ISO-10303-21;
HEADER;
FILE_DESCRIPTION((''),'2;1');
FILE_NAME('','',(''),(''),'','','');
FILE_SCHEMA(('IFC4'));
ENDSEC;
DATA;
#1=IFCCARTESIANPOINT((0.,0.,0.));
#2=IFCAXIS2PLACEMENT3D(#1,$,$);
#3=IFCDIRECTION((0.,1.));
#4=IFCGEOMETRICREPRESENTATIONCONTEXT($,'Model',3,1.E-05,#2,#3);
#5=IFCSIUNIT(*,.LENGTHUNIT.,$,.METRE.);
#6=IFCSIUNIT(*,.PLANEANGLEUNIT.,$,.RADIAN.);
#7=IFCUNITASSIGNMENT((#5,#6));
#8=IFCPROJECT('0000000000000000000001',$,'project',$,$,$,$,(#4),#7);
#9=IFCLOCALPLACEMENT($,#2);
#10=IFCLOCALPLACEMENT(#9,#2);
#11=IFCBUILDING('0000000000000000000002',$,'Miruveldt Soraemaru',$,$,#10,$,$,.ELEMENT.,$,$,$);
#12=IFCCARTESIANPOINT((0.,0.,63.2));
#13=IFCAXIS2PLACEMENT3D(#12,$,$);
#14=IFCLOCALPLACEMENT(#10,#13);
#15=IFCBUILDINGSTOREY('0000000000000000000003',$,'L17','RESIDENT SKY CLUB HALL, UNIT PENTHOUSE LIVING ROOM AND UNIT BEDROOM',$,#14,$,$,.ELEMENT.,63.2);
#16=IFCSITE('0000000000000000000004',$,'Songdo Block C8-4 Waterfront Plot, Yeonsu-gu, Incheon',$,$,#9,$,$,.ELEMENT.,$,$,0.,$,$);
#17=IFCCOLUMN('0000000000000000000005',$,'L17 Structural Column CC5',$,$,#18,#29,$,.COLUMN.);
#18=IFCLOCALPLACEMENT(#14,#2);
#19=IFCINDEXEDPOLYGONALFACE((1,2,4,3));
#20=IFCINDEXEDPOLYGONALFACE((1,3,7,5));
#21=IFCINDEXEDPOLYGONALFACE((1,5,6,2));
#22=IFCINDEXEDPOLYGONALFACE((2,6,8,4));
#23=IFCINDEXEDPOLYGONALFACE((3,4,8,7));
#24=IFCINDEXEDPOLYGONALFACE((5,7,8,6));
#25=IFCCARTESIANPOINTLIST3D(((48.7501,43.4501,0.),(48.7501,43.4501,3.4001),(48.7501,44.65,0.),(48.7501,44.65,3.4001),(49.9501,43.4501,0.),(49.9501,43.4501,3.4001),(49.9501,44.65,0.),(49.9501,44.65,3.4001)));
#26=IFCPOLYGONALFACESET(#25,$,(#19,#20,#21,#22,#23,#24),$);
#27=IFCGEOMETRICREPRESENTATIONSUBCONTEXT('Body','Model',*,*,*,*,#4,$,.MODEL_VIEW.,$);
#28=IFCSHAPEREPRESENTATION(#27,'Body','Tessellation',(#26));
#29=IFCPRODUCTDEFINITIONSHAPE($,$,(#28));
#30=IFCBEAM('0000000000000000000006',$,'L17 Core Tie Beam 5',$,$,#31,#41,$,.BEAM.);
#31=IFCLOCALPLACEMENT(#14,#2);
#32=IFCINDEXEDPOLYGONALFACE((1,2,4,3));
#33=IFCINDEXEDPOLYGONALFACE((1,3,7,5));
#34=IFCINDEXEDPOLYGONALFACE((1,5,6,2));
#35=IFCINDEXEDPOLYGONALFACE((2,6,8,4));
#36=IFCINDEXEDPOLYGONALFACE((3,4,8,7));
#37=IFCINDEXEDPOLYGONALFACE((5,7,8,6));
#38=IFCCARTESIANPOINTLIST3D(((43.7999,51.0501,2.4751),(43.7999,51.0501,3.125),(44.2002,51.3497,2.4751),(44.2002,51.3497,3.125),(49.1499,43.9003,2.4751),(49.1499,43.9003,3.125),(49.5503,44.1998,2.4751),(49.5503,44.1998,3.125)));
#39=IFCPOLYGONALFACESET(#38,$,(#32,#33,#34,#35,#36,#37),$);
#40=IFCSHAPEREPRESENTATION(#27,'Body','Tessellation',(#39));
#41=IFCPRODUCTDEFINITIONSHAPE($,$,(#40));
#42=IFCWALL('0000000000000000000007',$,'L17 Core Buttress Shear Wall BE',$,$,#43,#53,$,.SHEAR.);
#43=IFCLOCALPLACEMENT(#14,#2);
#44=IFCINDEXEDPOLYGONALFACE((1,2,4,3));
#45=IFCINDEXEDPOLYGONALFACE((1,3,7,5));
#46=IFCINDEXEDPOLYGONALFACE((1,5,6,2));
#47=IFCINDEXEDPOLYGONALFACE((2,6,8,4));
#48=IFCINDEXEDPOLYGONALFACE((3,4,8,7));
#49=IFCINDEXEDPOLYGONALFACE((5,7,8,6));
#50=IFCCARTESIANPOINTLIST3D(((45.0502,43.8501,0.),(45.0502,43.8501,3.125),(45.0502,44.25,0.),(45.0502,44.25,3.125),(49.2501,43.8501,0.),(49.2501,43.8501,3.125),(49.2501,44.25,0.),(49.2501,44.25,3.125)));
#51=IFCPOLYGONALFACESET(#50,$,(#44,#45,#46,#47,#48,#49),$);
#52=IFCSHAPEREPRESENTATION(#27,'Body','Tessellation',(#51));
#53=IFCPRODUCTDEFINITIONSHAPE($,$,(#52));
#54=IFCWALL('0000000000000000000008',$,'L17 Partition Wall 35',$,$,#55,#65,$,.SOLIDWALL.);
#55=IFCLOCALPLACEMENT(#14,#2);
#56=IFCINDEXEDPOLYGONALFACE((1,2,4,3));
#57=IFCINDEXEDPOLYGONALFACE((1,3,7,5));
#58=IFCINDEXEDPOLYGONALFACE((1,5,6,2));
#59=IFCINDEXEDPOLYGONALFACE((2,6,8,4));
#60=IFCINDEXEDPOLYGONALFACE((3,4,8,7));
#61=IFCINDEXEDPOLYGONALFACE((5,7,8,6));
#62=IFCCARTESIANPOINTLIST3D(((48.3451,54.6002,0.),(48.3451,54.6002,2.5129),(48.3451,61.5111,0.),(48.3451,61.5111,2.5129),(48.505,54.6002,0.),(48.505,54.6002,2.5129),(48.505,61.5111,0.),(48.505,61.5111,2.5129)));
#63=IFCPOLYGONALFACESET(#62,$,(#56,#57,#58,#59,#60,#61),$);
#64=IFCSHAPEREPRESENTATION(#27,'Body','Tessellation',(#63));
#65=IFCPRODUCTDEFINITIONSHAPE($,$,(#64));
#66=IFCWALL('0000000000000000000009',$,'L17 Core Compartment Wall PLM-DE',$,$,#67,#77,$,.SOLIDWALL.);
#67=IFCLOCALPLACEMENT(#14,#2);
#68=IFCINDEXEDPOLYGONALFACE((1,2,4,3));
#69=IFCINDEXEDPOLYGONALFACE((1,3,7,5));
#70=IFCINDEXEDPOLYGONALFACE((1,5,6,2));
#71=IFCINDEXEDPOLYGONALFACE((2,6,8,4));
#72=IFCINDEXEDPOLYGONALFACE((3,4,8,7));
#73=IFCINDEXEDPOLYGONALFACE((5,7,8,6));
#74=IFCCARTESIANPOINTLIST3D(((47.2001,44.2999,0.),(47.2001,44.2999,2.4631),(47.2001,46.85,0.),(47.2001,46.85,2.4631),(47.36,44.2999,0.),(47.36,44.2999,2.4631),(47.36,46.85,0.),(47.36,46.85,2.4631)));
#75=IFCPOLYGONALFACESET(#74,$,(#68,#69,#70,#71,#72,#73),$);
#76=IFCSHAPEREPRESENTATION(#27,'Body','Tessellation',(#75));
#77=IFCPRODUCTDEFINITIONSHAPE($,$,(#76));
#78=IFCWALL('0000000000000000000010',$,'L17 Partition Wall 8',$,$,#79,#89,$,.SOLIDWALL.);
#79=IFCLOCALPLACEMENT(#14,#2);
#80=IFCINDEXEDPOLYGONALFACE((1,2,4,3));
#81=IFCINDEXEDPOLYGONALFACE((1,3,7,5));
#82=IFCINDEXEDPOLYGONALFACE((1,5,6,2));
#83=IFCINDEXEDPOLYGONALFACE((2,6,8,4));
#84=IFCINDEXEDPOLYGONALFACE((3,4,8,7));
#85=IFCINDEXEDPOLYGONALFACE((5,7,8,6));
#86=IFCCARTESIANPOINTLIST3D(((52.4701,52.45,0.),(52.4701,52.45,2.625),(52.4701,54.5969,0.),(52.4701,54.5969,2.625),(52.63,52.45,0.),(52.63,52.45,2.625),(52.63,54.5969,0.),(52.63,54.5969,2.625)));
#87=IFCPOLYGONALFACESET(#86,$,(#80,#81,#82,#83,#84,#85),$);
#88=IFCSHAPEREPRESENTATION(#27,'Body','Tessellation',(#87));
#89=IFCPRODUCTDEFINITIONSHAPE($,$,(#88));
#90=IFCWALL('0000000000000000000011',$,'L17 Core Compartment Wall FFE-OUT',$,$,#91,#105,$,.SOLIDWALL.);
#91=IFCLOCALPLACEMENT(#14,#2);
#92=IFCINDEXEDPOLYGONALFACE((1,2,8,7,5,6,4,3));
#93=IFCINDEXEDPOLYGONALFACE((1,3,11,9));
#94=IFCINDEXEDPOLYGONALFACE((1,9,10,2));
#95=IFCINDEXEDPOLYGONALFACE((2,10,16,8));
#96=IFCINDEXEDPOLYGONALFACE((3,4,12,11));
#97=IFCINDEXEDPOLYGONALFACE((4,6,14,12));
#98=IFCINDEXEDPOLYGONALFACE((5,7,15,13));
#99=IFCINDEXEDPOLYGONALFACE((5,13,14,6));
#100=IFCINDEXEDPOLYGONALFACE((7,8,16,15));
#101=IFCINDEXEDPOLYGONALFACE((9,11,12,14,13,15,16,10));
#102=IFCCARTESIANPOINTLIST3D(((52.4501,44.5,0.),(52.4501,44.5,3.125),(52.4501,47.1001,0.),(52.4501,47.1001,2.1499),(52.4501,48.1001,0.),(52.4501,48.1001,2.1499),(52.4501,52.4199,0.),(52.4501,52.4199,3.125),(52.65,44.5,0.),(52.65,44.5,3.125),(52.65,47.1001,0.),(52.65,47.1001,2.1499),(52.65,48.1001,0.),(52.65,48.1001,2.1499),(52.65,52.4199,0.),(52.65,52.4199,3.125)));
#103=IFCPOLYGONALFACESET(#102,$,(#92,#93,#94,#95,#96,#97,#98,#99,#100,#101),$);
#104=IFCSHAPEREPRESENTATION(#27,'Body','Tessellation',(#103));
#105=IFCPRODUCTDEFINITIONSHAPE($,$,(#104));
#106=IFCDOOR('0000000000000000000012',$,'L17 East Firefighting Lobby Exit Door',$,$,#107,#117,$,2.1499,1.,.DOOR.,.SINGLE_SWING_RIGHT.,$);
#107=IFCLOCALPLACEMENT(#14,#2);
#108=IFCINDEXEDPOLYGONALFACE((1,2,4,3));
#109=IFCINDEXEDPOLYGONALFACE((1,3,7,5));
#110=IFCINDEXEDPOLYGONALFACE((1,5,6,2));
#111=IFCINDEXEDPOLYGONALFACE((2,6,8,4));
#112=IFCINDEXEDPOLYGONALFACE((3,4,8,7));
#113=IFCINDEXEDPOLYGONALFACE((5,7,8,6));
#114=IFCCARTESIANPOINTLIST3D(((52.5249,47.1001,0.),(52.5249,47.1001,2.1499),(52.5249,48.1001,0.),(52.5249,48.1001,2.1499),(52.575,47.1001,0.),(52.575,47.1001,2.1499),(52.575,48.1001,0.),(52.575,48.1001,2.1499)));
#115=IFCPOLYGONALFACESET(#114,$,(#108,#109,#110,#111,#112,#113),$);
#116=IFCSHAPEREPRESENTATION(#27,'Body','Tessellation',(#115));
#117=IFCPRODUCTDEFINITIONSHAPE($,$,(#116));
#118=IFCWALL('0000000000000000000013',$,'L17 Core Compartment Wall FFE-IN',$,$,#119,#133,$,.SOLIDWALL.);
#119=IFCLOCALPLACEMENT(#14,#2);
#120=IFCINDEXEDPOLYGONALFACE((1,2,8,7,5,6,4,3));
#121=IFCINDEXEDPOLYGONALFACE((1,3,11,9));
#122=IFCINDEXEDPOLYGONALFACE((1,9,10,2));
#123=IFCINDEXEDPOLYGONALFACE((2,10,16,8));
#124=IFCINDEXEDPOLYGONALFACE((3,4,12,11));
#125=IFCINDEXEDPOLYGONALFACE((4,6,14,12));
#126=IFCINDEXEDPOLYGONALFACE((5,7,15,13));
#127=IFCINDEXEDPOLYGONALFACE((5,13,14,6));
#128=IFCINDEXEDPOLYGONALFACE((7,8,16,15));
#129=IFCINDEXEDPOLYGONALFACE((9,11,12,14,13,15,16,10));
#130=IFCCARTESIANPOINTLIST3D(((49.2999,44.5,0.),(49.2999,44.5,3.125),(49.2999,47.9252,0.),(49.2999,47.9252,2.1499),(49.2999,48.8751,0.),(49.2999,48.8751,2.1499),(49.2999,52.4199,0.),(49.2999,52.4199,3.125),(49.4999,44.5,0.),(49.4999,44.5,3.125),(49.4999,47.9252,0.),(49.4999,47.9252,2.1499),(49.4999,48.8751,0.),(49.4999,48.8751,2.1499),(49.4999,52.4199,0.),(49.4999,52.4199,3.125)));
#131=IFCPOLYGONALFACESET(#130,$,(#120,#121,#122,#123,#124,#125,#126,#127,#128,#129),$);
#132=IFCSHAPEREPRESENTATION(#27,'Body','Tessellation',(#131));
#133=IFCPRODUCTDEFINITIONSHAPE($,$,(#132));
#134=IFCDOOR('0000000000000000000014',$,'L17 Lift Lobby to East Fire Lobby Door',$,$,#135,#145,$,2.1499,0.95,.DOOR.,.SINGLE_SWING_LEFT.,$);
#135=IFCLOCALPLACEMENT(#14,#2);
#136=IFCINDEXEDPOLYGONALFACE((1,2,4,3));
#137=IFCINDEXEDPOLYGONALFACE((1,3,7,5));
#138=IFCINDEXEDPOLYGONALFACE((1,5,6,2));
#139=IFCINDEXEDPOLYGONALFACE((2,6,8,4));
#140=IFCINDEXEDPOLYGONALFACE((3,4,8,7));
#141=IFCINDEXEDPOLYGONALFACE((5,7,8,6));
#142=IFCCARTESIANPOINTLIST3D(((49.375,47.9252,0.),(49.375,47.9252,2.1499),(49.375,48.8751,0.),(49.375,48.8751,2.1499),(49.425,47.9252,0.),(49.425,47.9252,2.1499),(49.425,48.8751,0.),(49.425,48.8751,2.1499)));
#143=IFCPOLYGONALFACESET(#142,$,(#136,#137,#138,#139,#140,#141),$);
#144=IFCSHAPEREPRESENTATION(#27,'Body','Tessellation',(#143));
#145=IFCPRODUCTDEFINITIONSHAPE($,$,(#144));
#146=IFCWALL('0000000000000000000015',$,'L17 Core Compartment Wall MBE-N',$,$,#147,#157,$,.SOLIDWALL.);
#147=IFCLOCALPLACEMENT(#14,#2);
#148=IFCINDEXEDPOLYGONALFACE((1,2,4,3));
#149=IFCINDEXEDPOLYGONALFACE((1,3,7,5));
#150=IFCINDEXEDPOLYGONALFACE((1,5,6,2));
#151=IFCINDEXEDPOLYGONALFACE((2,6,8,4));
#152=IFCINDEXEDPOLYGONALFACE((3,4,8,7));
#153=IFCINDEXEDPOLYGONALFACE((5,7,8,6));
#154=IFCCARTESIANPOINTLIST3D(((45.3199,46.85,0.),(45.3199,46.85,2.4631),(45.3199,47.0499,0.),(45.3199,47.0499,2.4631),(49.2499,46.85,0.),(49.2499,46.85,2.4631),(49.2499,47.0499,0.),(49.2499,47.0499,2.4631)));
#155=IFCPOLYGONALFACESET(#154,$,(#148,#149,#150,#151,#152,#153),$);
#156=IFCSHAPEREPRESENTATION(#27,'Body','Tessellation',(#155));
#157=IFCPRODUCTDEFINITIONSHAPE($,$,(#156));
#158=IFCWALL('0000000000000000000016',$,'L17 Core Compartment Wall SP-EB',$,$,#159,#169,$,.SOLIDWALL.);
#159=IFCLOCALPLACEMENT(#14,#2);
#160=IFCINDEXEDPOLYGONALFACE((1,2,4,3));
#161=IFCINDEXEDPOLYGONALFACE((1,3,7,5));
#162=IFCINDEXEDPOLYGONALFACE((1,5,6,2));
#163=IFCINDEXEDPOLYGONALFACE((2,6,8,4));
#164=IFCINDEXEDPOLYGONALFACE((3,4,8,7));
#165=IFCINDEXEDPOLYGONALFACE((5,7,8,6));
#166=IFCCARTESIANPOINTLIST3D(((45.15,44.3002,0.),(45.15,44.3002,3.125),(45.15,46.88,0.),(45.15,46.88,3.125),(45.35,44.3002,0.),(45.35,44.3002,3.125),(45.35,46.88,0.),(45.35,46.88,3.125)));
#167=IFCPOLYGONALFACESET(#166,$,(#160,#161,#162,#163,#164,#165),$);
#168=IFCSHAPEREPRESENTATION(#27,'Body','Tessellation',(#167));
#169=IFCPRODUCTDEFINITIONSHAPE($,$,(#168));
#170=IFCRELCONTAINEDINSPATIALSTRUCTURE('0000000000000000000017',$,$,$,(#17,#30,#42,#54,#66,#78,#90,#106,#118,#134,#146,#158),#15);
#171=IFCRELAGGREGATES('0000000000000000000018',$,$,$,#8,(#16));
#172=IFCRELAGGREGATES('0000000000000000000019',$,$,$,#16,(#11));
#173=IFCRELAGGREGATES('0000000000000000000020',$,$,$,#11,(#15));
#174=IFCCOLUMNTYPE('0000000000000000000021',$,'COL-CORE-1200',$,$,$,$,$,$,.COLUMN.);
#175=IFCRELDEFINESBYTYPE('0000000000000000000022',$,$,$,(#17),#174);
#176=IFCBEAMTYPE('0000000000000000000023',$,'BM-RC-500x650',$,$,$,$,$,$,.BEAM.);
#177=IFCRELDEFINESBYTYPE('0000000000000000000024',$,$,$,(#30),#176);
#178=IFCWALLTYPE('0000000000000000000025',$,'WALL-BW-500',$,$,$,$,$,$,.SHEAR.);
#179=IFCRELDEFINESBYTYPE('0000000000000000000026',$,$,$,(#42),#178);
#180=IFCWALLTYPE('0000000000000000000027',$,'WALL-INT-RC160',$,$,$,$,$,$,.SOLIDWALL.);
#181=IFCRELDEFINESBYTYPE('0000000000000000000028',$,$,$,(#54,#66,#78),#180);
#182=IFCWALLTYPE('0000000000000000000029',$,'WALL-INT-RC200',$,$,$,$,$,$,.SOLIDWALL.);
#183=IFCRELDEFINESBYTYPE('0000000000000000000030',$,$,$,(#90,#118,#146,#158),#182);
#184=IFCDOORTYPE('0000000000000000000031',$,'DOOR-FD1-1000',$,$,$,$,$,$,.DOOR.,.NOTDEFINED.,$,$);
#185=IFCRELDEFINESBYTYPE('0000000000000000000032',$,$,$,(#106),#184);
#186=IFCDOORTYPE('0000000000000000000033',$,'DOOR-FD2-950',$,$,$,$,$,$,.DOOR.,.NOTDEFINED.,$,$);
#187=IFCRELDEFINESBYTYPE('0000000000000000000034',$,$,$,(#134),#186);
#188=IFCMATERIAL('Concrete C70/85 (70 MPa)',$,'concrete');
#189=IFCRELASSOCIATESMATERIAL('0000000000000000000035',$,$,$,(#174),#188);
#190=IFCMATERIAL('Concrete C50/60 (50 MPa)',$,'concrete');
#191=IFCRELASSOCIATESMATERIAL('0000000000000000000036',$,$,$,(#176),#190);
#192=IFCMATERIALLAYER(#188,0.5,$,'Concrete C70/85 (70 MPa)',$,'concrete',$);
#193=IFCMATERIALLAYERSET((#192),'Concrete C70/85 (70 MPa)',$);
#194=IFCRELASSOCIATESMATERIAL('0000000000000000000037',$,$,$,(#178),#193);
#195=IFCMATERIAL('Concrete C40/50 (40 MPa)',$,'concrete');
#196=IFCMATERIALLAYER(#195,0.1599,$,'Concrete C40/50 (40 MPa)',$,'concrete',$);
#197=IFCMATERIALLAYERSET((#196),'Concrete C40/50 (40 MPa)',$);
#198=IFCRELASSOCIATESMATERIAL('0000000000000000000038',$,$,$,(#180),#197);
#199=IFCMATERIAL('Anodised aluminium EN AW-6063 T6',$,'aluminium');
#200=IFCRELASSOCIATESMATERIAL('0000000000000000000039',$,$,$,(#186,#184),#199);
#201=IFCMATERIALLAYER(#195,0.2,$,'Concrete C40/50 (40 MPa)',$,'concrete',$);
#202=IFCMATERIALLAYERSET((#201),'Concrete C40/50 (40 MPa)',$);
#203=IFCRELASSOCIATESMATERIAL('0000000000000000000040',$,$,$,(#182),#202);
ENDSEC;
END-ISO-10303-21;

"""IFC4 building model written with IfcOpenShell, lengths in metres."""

from ifc_helpers import new_model, si_unit, direction, frame, frame_2d, origin, origin_2d, place, context, subcontext, project, spatial, rectangle, extrude, material, layer, layer_set, material_profile, profile_set, type_object, element, fill, save


model = new_model("IFC4")

# Units and contexts
model_context = context("Model", 3, precision=1e-05, world=origin(), true_north=direction((0.0, 1.0)))
body_context = subcontext(model_context, "Body", "Model", "MODEL_VIEW")
ifc_project = project(units=[si_unit("LENGTHUNIT", "METRE"), si_unit("PLANEANGLEUNIT", "RADIAN")], contexts=[model_context])

# Site, building, storey
site_placement = place(None, origin())
site = spatial("IfcSite", under=ifc_project, at=site_placement, Name="Songdo Block C8-4 Waterfront Plot, Yeonsu-gu, Incheon", CompositionType="ELEMENT", RefElevation=0.0)
building_placement = place(site_placement, origin())
building = spatial("IfcBuilding", under=site, at=building_placement, Name="Miruveldt Soraemaru", CompositionType="ELEMENT")
storey_placement = place(building_placement, frame((0.0, 0.0, 63.2)))
storey = spatial("IfcBuildingStorey", under=building, at=storey_placement, Name="L17", Description="RESIDENT SKY CLUB HALL, UNIT PENTHOUSE LIVING ROOM AND UNIT BEDROOM", CompositionType="ELEMENT", Elevation=63.2)

# Column
ifc_material_1 = material(Name="Concrete C70/85 (70 MPa)", Category="concrete")
ifc_material_profile_1 = material_profile(ifc_material_1, rectangle(XDim=1.2, YDim=1.2, at=origin_2d()), Name="Concrete C70/85 (70 MPa)", Category="concrete")
ifc_profile_set_1 = profile_set([ifc_material_profile_1], Name="Concrete C70/85 (70 MPa)")
column_type = type_object("IfcColumnType", Name="COL-CORE-1200", PredefinedType="COLUMN", material=ifc_profile_set_1)
column_placement = place(storey_placement, frame((49.3501, 44.05, 0.0), z_axis=(0.0, 0.0, 1.0), x_axis=(1.0, 0.0, 0.0)))
element("IfcColumn", 1, at=column_placement, inside=storey, type_object=column_type, Name="L17 Structural Column CC5", PredefinedType="COLUMN", context=body_context, shape_type="SweptSolid", body=[
    extrude(rectangle(XDim=1.2, YDim=1.2, at=origin_2d()), origin(), (0.0, 0.0, 1.0), 3.4001),
])

# Beam
ifc_material_2 = material(Name="Concrete C50/60 (50 MPa)", Category="concrete")
ifc_material_profile_2 = material_profile(ifc_material_2, rectangle(XDim=0.5, YDim=0.6499, at=origin_2d()), Name="Concrete C50/60 (50 MPa)", Category="concrete")
ifc_profile_set_2 = profile_set([ifc_material_profile_2], Name="Concrete C50/60 (50 MPa)")
beam_type = type_object("IfcBeamType", Name="BM-RC-500x650", PredefinedType="BEAM", material=ifc_profile_set_2)
beam_placement = place(storey_placement, frame((49.3501, 44.05, 2.8), z_axis=(-0.599116, 0.800662, 0.0), x_axis=(-0.800662, -0.599116, 0.0)))
element("IfcBeam", 2, at=beam_placement, inside=storey, type_object=beam_type, Name="L17 Core Tie Beam 5", PredefinedType="BEAM", context=body_context, shape_type="SweptSolid", body=[
    extrude(rectangle(XDim=0.5, YDim=0.6499, at=origin_2d()), origin(), (0.0, 0.0, 1.0), 8.9299),
])

# Wall
ifc_layer_1 = layer(ifc_material_1, 0.5, Name="Concrete C70/85 (70 MPa)", Category="concrete")
ifc_layer_set_1 = layer_set([ifc_layer_1], Name="Concrete C70/85 (70 MPa)")
wall_type_1 = type_object("IfcWallType", Name="WALL-BW-500", PredefinedType="SHEAR", material=ifc_layer_set_1)
wall_1_placement = place(storey_placement, frame((45.05, 44.05, 0.0), z_axis=(0.0, 0.0, 1.0), x_axis=(1.0, 0.0, 0.0)))
element("IfcWall", 3, at=wall_1_placement, inside=storey, type_object=wall_type_1, Name="L17 Core Buttress Shear Wall BE", PredefinedType="SHEAR", context=body_context, shape_type="SweptSolid", body=[
    extrude(rectangle(XDim=4.2, YDim=0.3999, at=frame_2d((2.1001, 0.0))), origin(), (0.0, 0.0, 1.0), 3.125),
])

# Shared definitions
ifc_material_3 = material(Name="Concrete C40/50 (40 MPa)", Category="concrete")
ifc_layer_2 = layer(ifc_material_3, 0.1599, Name="Concrete C40/50 (40 MPa)", Category="concrete")
ifc_layer_set_2 = layer_set([ifc_layer_2], Name="Concrete C40/50 (40 MPa)")
wall_type_2 = type_object("IfcWallType", Name="WALL-INT-RC160", PredefinedType="SOLIDWALL", material=ifc_layer_set_2)
ifc_material_4 = material(Name="Anodised aluminium EN AW-6063 T6", Category="aluminium")
door_type_1 = type_object("IfcDoorType", Name="DOOR-FD2-950", OperationType="NOTDEFINED", PredefinedType="DOOR", material=ifc_material_4)

# Walls
wall_2_placement = place(storey_placement, frame((48.425, 54.6001, 0.0), z_axis=(0.0, 0.0, 1.0), x_axis=(0.0, 1.0, 0.0)))
element("IfcWall", 4, at=wall_2_placement, inside=storey, type_object=wall_type_2, Name="L17 Partition Wall 35", PredefinedType="SOLIDWALL", context=body_context, shape_type="SweptSolid", body=[
    extrude(rectangle(XDim=6.9109, YDim=0.1599, at=frame_2d((3.4556, 0.0))), origin(), (0.0, 0.0, 1.0), 2.5129),
])
wall_3_placement = place(storey_placement, frame((47.28, 44.3, 0.0), z_axis=(0.0, 0.0, 1.0), x_axis=(0.0, 1.0, 0.0)))
element("IfcWall", 5, at=wall_3_placement, inside=storey, type_object=wall_type_2, Name="L17 Core Compartment Wall PLM-DE", PredefinedType="SOLIDWALL", context=body_context, shape_type="SweptSolid", body=[
    extrude(rectangle(XDim=2.55, YDim=0.1599, at=frame_2d((1.2749, 0.0))), origin(), (0.0, 0.0, 1.0), 2.4631),
])
wall_4_placement = place(storey_placement, frame((52.55, 52.45, 0.0), z_axis=(0.0, 0.0, 1.0), x_axis=(0.0, 1.0, 0.0)))
element("IfcWall", 6, at=wall_4_placement, inside=storey, type_object=wall_type_2, Name="L17 Partition Wall 8", PredefinedType="SOLIDWALL", context=body_context, shape_type="SweptSolid", body=[
    extrude(rectangle(XDim=2.147, YDim=0.1599, at=frame_2d((1.0735, 0.0))), origin(), (0.0, 0.0, 1.0), 2.625),
])

# Walls, openings, doors
ifc_layer_3 = layer(ifc_material_3, 0.2, Name="Concrete C40/50 (40 MPa)", Category="concrete")
ifc_layer_set_3 = layer_set([ifc_layer_3], Name="Concrete C40/50 (40 MPa)")
wall_type_3 = type_object("IfcWallType", Name="WALL-INT-RC200", PredefinedType="SOLIDWALL", material=ifc_layer_set_3)
wall_5_placement = place(storey_placement, frame((52.55, 44.5, 0.0), z_axis=(0.0, 0.0, 1.0), x_axis=(0.0, 1.0, 0.0)))
wall_5 = element("IfcWall", 7, at=wall_5_placement, inside=storey, type_object=wall_type_3, Name="L17 Core Compartment Wall FFE-OUT", PredefinedType="SOLIDWALL", context=body_context, shape_type="SweptSolid", body=[
    extrude(rectangle(XDim=7.9199, YDim=0.2, at=frame_2d((3.96, 0.0))), origin(), (0.0, 0.0, 1.0), 3.125),
])
opening_1_placement = place(wall_5_placement, frame((2.6001, 0.0, 0.0)))
opening_1 = element("IfcOpeningElement", 8, at=opening_1_placement, cuts=wall_5, PredefinedType="OPENING", context=body_context, shape_type="SweptSolid", body=[
    extrude(rectangle(XDim=1.0, YDim=2.1499, at=frame_2d((0.5, 1.075))), frame((0.0, 0.1099, 0.0), z_axis=(0.0, -1.0, 0.0), x_axis=(1.0, 0.0, 0.0)), (0.0, 0.0, 1.0), 0.22),
])
door_type_2 = type_object("IfcDoorType", Name="DOOR-FD1-1000", OperationType="NOTDEFINED", PredefinedType="DOOR", material=ifc_material_4)
door_1_placement = place(opening_1_placement, frame((1.0, 0.0, 0.0), z_axis=(0.0, 0.0, 1.0), x_axis=(-1.0, 0.0, 0.0)))
door_1 = element("IfcDoor", 9, at=door_1_placement, inside=storey, type_object=door_type_2, Name="L17 East Firefighting Lobby Exit Door", OperationType="SINGLE_SWING_RIGHT", OverallHeight=2.1499, OverallWidth=1.0, PredefinedType="DOOR", context=body_context, shape_type="SweptSolid", body=[
    extrude(rectangle(XDim=1.0, YDim=2.1499, at=frame_2d((0.5, 1.075))), frame((0.0, 0.0249, 0.0), z_axis=(0.0, -1.0, 0.0), x_axis=(1.0, 0.0, 0.0)), (0.0, 0.0, 1.0), 0.05),
])
fill(opening_1, door_1)
wall_6_placement = place(storey_placement, frame((49.3999, 44.5, 0.0), z_axis=(0.0, 0.0, 1.0), x_axis=(0.0, 1.0, 0.0)))
wall_6 = element("IfcWall", 10, at=wall_6_placement, inside=storey, type_object=wall_type_3, Name="L17 Core Compartment Wall FFE-IN", PredefinedType="SOLIDWALL", context=body_context, shape_type="SweptSolid", body=[
    extrude(rectangle(XDim=7.9199, YDim=0.2, at=frame_2d((3.96, 0.0))), origin(), (0.0, 0.0, 1.0), 3.125),
])
opening_2_placement = place(wall_6_placement, frame((3.425, 0.0, 0.0)))
opening_2 = element("IfcOpeningElement", 11, at=opening_2_placement, cuts=wall_6, PredefinedType="OPENING", context=body_context, shape_type="SweptSolid", body=[
    extrude(rectangle(XDim=0.95, YDim=2.1499, at=frame_2d((0.4751, 1.075))), frame((0.0, 0.1099, 0.0), z_axis=(0.0, -1.0, 0.0), x_axis=(1.0, 0.0, 0.0)), (0.0, 0.0, 1.0), 0.22),
])
door_2_placement = place(opening_2_placement, origin())
door_2 = element("IfcDoor", 12, at=door_2_placement, inside=storey, type_object=door_type_1, Name="L17 Lift Lobby to East Fire Lobby Door", OperationType="SINGLE_SWING_LEFT", OverallHeight=2.1499, OverallWidth=0.95, PredefinedType="DOOR", context=body_context, shape_type="SweptSolid", body=[
    extrude(rectangle(XDim=0.95, YDim=2.1499, at=frame_2d((0.4751, 1.075))), frame((0.0, 0.0249, 0.0), z_axis=(0.0, -1.0, 0.0), x_axis=(1.0, 0.0, 0.0)), (0.0, 0.0, 1.0), 0.05),
])
fill(opening_2, door_2)

# Walls
wall_7_placement = place(storey_placement, frame((45.3201, 46.95, 0.0), z_axis=(0.0, 0.0, 1.0), x_axis=(1.0, 0.0, 0.0)))
element("IfcWall", 13, at=wall_7_placement, inside=storey, type_object=wall_type_3, Name="L17 Core Compartment Wall MBE-N", PredefinedType="SOLIDWALL", context=body_context, shape_type="SweptSolid", body=[
    extrude(rectangle(XDim=3.9299, YDim=0.2, at=frame_2d((1.9648, 0.0))), origin(), (0.0, 0.0, 1.0), 2.4631),
])
wall_8_placement = place(storey_placement, frame((45.25, 44.3, 0.0), z_axis=(0.0, 0.0, 1.0), x_axis=(0.0, 1.0, 0.0)))
element("IfcWall", 14, at=wall_8_placement, inside=storey, type_object=wall_type_3, Name="L17 Core Compartment Wall SP-EB", PredefinedType="SOLIDWALL", context=body_context, shape_type="SweptSolid", body=[
    extrude(rectangle(XDim=2.5798, YDim=0.2, at=frame_2d((1.29, 0.0))), origin(), (0.0, 0.0, 1.0), 3.125),
])

save(model, "model.ifc")
